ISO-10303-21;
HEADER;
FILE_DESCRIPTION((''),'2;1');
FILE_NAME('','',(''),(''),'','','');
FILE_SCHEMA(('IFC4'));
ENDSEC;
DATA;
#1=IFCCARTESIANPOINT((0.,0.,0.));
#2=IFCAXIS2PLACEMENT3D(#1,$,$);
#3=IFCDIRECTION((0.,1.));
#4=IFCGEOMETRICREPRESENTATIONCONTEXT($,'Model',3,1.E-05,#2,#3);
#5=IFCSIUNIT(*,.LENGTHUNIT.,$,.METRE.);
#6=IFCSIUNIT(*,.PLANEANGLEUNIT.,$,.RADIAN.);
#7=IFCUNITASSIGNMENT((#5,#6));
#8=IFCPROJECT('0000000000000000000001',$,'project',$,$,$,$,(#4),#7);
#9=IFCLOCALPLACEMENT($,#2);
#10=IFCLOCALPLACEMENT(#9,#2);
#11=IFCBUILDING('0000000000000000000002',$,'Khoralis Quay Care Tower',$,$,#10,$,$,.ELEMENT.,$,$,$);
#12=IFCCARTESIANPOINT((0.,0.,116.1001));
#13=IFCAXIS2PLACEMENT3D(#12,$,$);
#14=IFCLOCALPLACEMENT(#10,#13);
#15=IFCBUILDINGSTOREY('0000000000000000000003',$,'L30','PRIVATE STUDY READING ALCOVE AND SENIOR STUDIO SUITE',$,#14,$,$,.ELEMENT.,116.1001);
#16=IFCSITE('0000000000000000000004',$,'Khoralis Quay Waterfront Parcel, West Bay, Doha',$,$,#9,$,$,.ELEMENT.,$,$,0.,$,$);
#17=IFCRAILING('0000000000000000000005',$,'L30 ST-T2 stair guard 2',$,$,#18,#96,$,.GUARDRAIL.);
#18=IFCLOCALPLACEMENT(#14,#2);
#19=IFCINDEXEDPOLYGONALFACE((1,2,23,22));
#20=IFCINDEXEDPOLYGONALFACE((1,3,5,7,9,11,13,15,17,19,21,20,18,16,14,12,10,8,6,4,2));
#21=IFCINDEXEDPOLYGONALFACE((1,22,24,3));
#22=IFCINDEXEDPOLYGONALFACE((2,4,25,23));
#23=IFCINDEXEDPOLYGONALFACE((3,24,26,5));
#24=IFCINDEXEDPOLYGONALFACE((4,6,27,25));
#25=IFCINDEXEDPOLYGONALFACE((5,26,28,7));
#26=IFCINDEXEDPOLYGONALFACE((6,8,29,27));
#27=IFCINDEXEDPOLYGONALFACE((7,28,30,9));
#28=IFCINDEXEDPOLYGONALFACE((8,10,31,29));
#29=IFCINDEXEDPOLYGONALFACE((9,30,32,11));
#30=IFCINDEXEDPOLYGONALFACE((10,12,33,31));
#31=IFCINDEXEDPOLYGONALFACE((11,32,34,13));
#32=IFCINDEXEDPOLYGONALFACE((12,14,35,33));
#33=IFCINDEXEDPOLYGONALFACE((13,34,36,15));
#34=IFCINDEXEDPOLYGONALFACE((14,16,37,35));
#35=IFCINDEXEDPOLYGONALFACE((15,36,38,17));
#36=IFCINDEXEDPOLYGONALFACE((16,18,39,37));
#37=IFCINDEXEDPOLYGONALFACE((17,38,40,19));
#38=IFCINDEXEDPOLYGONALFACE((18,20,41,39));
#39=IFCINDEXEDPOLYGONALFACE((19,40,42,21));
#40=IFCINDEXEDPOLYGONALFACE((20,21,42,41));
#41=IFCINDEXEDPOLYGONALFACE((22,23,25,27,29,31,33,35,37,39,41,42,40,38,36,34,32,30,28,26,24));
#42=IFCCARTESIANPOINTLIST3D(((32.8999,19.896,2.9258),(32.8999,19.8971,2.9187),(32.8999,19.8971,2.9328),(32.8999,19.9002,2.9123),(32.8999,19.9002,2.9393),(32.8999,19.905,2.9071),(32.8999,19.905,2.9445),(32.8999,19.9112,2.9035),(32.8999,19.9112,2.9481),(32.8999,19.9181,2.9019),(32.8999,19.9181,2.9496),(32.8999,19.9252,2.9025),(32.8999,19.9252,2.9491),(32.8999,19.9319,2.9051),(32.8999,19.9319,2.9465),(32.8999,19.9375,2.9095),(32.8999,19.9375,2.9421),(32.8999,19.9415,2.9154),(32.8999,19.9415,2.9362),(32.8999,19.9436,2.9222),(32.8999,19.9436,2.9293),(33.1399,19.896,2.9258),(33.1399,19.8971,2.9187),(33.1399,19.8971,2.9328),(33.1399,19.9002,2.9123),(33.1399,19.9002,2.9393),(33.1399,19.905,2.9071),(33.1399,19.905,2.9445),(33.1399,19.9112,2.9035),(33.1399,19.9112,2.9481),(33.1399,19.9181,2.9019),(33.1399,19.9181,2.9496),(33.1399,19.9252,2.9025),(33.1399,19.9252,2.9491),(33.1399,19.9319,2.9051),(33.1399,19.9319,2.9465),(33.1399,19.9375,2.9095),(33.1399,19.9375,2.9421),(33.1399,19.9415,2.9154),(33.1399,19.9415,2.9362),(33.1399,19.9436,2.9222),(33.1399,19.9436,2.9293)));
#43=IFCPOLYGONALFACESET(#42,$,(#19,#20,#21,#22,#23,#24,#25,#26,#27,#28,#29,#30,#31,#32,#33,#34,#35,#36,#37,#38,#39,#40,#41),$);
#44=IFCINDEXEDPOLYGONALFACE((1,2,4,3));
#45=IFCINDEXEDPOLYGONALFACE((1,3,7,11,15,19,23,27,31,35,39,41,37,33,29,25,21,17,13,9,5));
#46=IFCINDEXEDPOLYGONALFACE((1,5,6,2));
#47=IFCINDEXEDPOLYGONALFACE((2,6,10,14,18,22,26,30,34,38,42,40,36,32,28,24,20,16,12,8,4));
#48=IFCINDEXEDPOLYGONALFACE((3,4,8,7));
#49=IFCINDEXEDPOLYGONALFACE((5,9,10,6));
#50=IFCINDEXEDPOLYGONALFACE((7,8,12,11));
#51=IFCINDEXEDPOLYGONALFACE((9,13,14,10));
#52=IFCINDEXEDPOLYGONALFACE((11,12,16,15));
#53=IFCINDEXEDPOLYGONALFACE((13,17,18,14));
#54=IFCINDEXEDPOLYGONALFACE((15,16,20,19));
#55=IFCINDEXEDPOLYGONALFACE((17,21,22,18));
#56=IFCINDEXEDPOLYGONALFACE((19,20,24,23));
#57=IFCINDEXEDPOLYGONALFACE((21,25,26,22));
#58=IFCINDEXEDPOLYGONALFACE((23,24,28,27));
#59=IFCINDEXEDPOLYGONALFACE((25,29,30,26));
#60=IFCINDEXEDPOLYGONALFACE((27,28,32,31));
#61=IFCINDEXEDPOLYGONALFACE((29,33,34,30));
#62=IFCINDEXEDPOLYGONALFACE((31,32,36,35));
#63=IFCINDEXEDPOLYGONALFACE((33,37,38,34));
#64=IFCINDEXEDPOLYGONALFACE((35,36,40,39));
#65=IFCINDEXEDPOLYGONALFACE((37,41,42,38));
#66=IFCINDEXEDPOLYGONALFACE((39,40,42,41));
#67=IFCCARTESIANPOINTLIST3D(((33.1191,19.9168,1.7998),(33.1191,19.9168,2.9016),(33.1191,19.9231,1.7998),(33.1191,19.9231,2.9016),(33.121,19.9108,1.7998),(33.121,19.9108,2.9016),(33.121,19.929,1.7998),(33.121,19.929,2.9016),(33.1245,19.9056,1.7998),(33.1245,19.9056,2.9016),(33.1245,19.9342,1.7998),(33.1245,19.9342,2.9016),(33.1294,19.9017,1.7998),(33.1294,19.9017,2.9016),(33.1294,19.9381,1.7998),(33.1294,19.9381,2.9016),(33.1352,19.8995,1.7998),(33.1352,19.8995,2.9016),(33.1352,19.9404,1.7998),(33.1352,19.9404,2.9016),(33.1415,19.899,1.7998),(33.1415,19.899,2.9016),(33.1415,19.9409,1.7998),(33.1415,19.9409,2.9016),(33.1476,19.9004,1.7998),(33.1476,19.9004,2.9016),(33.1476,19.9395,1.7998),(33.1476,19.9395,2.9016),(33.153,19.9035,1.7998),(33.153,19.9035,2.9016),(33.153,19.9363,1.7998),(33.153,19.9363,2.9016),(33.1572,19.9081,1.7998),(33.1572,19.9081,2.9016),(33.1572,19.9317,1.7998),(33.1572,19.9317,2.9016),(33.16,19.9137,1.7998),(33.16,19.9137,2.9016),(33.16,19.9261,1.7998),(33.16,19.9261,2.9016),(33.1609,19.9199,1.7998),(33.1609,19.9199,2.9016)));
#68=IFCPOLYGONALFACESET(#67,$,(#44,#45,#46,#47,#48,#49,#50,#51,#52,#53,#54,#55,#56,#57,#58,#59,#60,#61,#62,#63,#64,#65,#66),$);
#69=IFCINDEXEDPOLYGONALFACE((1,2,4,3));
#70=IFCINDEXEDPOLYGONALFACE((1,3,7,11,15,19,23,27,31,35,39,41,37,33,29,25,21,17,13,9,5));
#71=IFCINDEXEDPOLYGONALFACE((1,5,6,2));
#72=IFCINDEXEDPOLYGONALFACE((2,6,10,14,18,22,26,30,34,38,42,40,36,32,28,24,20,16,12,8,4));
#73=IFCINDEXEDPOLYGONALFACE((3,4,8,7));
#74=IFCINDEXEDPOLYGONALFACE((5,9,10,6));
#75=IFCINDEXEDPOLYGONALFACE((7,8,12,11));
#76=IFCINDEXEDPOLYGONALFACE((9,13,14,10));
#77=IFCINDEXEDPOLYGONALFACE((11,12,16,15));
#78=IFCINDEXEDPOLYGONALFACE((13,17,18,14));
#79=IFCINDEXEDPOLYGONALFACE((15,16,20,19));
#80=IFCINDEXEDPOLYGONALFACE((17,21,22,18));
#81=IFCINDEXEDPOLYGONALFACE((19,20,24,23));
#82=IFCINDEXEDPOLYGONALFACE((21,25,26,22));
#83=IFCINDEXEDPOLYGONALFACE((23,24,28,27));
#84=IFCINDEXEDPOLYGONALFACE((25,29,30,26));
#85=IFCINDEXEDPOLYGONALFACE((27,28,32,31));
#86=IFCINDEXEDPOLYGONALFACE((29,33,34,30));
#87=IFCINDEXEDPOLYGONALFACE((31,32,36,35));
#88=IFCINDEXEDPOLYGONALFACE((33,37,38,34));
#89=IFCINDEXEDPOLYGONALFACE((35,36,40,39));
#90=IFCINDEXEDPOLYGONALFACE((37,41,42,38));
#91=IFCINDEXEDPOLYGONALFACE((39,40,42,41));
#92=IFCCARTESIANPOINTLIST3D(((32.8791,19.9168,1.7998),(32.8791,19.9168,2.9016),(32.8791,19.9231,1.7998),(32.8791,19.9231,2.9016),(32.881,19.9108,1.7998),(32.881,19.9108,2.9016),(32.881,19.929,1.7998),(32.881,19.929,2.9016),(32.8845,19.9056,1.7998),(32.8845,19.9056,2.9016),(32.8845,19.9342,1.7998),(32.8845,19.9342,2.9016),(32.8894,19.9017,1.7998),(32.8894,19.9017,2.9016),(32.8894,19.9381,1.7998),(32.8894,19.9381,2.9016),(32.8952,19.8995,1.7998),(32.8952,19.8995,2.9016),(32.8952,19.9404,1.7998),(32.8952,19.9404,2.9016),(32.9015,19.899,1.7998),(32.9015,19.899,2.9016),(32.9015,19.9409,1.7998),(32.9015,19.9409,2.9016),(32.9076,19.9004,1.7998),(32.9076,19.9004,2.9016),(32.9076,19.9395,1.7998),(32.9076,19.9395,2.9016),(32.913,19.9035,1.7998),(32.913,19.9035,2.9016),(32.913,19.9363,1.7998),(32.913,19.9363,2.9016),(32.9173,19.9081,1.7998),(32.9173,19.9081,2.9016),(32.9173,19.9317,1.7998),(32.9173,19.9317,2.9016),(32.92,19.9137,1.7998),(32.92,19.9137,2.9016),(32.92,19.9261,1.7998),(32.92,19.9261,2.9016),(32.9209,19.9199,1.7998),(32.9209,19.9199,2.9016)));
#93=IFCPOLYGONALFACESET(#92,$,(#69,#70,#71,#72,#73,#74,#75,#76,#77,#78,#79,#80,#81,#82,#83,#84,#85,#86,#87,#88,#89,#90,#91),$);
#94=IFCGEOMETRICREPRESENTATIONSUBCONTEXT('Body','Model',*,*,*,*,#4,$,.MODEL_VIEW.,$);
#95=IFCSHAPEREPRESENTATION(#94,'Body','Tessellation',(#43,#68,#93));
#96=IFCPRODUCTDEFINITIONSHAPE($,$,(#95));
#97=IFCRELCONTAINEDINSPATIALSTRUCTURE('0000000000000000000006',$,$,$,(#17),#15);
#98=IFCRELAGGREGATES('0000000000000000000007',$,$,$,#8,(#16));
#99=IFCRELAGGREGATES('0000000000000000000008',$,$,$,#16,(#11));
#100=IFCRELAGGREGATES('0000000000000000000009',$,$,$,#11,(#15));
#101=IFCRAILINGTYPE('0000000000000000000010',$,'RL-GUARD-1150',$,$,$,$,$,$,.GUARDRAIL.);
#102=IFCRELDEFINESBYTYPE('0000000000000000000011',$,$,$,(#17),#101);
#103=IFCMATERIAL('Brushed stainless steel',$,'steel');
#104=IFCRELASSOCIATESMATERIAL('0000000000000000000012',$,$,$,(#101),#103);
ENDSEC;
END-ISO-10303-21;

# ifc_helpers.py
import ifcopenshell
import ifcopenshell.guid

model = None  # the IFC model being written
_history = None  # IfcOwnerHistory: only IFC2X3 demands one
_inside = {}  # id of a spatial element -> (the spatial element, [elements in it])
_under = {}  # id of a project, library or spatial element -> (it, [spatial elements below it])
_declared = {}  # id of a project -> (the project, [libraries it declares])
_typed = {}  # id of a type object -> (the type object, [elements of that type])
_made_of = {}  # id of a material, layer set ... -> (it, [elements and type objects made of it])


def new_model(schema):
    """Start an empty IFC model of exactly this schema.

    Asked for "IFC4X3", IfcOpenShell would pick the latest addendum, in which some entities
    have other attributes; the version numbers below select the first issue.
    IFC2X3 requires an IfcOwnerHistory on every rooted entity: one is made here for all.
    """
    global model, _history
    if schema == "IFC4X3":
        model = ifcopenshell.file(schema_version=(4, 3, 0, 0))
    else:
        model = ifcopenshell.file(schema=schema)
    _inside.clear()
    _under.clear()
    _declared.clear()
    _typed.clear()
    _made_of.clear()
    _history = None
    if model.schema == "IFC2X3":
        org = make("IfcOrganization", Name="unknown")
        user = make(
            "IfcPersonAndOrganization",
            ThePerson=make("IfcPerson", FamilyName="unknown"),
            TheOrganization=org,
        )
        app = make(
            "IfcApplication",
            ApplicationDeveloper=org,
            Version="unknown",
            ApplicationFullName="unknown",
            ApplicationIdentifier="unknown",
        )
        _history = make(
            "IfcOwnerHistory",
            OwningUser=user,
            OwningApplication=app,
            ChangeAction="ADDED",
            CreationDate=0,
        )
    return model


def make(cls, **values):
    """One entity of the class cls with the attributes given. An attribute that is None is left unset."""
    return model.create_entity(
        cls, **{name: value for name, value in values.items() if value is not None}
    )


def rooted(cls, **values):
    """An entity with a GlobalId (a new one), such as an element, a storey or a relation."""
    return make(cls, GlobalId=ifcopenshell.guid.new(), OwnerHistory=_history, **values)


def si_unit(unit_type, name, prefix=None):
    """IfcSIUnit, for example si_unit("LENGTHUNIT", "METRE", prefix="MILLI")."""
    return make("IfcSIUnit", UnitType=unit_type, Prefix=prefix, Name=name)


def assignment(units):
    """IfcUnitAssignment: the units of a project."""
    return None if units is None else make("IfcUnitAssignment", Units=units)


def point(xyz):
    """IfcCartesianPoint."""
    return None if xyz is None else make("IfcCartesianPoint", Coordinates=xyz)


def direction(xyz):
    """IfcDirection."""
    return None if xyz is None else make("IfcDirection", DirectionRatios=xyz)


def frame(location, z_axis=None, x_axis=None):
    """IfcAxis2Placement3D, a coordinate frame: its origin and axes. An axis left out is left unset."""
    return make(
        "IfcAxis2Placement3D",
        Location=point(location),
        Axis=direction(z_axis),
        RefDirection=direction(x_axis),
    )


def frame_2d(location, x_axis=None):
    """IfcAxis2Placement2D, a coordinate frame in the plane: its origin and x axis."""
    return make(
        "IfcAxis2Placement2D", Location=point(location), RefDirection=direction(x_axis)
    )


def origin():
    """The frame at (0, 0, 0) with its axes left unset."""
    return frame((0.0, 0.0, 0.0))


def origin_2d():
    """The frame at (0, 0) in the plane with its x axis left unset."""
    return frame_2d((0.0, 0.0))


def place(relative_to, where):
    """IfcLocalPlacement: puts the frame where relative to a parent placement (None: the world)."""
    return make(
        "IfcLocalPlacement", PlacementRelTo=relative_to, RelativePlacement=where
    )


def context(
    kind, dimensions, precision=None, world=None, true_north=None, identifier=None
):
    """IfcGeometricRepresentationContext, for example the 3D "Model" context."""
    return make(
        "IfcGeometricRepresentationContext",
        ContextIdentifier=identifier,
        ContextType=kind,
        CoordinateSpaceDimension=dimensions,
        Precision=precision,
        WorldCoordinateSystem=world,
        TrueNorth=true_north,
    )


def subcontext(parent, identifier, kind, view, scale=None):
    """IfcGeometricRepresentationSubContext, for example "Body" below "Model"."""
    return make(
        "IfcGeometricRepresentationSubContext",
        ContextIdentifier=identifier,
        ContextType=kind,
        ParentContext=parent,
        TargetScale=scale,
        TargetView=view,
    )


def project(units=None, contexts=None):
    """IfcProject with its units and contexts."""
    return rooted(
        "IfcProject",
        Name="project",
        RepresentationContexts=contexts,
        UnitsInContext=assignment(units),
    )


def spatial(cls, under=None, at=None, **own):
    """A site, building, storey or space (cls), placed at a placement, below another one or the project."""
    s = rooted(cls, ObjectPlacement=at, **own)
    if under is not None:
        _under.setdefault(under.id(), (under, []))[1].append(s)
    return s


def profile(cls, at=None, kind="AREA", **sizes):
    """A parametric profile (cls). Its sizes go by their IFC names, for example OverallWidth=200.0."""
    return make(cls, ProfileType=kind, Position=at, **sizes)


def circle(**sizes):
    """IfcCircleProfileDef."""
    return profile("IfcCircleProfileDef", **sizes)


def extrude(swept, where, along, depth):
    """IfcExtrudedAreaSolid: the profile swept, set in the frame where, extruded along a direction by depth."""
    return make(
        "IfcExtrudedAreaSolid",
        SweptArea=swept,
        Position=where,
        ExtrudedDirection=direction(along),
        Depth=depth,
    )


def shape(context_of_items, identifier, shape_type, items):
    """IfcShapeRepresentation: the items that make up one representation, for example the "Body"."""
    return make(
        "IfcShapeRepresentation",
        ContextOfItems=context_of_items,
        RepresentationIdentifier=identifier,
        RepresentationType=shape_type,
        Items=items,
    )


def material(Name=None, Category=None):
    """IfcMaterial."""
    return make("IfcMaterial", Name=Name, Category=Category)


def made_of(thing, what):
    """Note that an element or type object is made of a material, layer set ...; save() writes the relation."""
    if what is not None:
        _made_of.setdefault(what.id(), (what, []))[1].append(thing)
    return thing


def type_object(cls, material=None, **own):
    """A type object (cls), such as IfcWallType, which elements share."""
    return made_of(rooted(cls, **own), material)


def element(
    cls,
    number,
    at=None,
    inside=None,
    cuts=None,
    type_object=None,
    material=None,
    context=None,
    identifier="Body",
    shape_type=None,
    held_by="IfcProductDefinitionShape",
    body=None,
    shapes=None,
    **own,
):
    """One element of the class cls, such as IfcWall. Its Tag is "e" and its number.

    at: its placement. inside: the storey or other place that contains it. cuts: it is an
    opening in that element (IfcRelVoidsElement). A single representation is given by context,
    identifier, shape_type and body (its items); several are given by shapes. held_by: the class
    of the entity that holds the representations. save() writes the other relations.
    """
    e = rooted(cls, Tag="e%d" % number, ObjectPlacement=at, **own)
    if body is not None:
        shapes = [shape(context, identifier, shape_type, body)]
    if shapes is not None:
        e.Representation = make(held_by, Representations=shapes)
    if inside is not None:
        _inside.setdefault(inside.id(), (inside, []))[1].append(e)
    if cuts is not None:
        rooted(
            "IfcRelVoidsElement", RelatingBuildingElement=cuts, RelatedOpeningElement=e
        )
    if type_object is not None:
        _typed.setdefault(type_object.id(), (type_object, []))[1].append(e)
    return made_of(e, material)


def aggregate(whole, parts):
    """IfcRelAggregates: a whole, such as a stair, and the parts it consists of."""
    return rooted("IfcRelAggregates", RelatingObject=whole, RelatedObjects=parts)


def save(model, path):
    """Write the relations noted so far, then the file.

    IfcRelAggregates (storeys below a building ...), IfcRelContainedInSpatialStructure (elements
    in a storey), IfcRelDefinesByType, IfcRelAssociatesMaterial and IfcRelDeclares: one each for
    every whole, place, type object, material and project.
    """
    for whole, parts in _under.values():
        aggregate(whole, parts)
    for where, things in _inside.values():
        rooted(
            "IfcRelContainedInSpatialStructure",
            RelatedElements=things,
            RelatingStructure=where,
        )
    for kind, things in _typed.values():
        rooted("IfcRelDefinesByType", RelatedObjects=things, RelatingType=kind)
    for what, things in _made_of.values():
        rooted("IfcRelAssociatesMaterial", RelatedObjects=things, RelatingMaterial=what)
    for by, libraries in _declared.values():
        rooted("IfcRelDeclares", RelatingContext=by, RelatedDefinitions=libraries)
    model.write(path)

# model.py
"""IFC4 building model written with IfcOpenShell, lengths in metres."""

from ifc_helpers import new_model, si_unit, direction, frame, origin, origin_2d, place, context, subcontext, project, spatial, circle, extrude, material, type_object, element, save


model = new_model("IFC4")

# Units and contexts
model_context = context("Model", 3, precision=1e-05, world=origin(), true_north=direction((0.0, 1.0)))
body_context = subcontext(model_context, "Body", "Model", "MODEL_VIEW")
ifc_project = project(units=[si_unit("LENGTHUNIT", "METRE"), si_unit("PLANEANGLEUNIT", "RADIAN")], contexts=[model_context])

# Site, building, storey
site_placement = place(None, origin())
site = spatial("IfcSite", under=ifc_project, at=site_placement, Name="Khoralis Quay Waterfront Parcel, West Bay, Doha", CompositionType="ELEMENT", RefElevation=0.0)
building_placement = place(site_placement, origin())
building = spatial("IfcBuilding", under=site, at=building_placement, Name="Khoralis Quay Care Tower", CompositionType="ELEMENT")
storey_placement = place(building_placement, frame((0.0, 0.0, 116.1001)))
storey = spatial("IfcBuildingStorey", under=building, at=storey_placement, Name="L30", Description="PRIVATE STUDY READING ALCOVE AND SENIOR STUDIO SUITE", CompositionType="ELEMENT", Elevation=116.1001)

# Railing
ifc_material_1 = material(Name="Brushed stainless steel", Category="steel")
railing_type = type_object("IfcRailingType", Name="RL-GUARD-1150", PredefinedType="GUARDRAIL", material=ifc_material_1)
railing_1_placement = place(storey_placement, frame((33.1399, 19.9199, 1.7998)))
element("IfcRailing", 1, at=railing_1_placement, inside=storey, type_object=railing_type, Name="L30 ST-T2 stair guard 2", PredefinedType="GUARDRAIL", context=body_context, shape_type="SweptSolid", body=[
    extrude(circle(Radius=0.0239, at=origin_2d()), frame((0.0, 0.0, 1.126), z_axis=(-1.0, 0.0, 0.0), x_axis=(0.0, -1.0, 0.0)), (0.0, 0.0, 1.0), 0.24),
    extrude(circle(Radius=0.021, at=origin_2d()), origin(), (0.0, 0.0, 1.0), 1.1018),
    extrude(circle(Radius=0.021, at=origin_2d()), frame((-0.24, 0.0, 0.0)), (0.0, 0.0, 1.0), 1.1018),
])

save(model, "model.ifc")
